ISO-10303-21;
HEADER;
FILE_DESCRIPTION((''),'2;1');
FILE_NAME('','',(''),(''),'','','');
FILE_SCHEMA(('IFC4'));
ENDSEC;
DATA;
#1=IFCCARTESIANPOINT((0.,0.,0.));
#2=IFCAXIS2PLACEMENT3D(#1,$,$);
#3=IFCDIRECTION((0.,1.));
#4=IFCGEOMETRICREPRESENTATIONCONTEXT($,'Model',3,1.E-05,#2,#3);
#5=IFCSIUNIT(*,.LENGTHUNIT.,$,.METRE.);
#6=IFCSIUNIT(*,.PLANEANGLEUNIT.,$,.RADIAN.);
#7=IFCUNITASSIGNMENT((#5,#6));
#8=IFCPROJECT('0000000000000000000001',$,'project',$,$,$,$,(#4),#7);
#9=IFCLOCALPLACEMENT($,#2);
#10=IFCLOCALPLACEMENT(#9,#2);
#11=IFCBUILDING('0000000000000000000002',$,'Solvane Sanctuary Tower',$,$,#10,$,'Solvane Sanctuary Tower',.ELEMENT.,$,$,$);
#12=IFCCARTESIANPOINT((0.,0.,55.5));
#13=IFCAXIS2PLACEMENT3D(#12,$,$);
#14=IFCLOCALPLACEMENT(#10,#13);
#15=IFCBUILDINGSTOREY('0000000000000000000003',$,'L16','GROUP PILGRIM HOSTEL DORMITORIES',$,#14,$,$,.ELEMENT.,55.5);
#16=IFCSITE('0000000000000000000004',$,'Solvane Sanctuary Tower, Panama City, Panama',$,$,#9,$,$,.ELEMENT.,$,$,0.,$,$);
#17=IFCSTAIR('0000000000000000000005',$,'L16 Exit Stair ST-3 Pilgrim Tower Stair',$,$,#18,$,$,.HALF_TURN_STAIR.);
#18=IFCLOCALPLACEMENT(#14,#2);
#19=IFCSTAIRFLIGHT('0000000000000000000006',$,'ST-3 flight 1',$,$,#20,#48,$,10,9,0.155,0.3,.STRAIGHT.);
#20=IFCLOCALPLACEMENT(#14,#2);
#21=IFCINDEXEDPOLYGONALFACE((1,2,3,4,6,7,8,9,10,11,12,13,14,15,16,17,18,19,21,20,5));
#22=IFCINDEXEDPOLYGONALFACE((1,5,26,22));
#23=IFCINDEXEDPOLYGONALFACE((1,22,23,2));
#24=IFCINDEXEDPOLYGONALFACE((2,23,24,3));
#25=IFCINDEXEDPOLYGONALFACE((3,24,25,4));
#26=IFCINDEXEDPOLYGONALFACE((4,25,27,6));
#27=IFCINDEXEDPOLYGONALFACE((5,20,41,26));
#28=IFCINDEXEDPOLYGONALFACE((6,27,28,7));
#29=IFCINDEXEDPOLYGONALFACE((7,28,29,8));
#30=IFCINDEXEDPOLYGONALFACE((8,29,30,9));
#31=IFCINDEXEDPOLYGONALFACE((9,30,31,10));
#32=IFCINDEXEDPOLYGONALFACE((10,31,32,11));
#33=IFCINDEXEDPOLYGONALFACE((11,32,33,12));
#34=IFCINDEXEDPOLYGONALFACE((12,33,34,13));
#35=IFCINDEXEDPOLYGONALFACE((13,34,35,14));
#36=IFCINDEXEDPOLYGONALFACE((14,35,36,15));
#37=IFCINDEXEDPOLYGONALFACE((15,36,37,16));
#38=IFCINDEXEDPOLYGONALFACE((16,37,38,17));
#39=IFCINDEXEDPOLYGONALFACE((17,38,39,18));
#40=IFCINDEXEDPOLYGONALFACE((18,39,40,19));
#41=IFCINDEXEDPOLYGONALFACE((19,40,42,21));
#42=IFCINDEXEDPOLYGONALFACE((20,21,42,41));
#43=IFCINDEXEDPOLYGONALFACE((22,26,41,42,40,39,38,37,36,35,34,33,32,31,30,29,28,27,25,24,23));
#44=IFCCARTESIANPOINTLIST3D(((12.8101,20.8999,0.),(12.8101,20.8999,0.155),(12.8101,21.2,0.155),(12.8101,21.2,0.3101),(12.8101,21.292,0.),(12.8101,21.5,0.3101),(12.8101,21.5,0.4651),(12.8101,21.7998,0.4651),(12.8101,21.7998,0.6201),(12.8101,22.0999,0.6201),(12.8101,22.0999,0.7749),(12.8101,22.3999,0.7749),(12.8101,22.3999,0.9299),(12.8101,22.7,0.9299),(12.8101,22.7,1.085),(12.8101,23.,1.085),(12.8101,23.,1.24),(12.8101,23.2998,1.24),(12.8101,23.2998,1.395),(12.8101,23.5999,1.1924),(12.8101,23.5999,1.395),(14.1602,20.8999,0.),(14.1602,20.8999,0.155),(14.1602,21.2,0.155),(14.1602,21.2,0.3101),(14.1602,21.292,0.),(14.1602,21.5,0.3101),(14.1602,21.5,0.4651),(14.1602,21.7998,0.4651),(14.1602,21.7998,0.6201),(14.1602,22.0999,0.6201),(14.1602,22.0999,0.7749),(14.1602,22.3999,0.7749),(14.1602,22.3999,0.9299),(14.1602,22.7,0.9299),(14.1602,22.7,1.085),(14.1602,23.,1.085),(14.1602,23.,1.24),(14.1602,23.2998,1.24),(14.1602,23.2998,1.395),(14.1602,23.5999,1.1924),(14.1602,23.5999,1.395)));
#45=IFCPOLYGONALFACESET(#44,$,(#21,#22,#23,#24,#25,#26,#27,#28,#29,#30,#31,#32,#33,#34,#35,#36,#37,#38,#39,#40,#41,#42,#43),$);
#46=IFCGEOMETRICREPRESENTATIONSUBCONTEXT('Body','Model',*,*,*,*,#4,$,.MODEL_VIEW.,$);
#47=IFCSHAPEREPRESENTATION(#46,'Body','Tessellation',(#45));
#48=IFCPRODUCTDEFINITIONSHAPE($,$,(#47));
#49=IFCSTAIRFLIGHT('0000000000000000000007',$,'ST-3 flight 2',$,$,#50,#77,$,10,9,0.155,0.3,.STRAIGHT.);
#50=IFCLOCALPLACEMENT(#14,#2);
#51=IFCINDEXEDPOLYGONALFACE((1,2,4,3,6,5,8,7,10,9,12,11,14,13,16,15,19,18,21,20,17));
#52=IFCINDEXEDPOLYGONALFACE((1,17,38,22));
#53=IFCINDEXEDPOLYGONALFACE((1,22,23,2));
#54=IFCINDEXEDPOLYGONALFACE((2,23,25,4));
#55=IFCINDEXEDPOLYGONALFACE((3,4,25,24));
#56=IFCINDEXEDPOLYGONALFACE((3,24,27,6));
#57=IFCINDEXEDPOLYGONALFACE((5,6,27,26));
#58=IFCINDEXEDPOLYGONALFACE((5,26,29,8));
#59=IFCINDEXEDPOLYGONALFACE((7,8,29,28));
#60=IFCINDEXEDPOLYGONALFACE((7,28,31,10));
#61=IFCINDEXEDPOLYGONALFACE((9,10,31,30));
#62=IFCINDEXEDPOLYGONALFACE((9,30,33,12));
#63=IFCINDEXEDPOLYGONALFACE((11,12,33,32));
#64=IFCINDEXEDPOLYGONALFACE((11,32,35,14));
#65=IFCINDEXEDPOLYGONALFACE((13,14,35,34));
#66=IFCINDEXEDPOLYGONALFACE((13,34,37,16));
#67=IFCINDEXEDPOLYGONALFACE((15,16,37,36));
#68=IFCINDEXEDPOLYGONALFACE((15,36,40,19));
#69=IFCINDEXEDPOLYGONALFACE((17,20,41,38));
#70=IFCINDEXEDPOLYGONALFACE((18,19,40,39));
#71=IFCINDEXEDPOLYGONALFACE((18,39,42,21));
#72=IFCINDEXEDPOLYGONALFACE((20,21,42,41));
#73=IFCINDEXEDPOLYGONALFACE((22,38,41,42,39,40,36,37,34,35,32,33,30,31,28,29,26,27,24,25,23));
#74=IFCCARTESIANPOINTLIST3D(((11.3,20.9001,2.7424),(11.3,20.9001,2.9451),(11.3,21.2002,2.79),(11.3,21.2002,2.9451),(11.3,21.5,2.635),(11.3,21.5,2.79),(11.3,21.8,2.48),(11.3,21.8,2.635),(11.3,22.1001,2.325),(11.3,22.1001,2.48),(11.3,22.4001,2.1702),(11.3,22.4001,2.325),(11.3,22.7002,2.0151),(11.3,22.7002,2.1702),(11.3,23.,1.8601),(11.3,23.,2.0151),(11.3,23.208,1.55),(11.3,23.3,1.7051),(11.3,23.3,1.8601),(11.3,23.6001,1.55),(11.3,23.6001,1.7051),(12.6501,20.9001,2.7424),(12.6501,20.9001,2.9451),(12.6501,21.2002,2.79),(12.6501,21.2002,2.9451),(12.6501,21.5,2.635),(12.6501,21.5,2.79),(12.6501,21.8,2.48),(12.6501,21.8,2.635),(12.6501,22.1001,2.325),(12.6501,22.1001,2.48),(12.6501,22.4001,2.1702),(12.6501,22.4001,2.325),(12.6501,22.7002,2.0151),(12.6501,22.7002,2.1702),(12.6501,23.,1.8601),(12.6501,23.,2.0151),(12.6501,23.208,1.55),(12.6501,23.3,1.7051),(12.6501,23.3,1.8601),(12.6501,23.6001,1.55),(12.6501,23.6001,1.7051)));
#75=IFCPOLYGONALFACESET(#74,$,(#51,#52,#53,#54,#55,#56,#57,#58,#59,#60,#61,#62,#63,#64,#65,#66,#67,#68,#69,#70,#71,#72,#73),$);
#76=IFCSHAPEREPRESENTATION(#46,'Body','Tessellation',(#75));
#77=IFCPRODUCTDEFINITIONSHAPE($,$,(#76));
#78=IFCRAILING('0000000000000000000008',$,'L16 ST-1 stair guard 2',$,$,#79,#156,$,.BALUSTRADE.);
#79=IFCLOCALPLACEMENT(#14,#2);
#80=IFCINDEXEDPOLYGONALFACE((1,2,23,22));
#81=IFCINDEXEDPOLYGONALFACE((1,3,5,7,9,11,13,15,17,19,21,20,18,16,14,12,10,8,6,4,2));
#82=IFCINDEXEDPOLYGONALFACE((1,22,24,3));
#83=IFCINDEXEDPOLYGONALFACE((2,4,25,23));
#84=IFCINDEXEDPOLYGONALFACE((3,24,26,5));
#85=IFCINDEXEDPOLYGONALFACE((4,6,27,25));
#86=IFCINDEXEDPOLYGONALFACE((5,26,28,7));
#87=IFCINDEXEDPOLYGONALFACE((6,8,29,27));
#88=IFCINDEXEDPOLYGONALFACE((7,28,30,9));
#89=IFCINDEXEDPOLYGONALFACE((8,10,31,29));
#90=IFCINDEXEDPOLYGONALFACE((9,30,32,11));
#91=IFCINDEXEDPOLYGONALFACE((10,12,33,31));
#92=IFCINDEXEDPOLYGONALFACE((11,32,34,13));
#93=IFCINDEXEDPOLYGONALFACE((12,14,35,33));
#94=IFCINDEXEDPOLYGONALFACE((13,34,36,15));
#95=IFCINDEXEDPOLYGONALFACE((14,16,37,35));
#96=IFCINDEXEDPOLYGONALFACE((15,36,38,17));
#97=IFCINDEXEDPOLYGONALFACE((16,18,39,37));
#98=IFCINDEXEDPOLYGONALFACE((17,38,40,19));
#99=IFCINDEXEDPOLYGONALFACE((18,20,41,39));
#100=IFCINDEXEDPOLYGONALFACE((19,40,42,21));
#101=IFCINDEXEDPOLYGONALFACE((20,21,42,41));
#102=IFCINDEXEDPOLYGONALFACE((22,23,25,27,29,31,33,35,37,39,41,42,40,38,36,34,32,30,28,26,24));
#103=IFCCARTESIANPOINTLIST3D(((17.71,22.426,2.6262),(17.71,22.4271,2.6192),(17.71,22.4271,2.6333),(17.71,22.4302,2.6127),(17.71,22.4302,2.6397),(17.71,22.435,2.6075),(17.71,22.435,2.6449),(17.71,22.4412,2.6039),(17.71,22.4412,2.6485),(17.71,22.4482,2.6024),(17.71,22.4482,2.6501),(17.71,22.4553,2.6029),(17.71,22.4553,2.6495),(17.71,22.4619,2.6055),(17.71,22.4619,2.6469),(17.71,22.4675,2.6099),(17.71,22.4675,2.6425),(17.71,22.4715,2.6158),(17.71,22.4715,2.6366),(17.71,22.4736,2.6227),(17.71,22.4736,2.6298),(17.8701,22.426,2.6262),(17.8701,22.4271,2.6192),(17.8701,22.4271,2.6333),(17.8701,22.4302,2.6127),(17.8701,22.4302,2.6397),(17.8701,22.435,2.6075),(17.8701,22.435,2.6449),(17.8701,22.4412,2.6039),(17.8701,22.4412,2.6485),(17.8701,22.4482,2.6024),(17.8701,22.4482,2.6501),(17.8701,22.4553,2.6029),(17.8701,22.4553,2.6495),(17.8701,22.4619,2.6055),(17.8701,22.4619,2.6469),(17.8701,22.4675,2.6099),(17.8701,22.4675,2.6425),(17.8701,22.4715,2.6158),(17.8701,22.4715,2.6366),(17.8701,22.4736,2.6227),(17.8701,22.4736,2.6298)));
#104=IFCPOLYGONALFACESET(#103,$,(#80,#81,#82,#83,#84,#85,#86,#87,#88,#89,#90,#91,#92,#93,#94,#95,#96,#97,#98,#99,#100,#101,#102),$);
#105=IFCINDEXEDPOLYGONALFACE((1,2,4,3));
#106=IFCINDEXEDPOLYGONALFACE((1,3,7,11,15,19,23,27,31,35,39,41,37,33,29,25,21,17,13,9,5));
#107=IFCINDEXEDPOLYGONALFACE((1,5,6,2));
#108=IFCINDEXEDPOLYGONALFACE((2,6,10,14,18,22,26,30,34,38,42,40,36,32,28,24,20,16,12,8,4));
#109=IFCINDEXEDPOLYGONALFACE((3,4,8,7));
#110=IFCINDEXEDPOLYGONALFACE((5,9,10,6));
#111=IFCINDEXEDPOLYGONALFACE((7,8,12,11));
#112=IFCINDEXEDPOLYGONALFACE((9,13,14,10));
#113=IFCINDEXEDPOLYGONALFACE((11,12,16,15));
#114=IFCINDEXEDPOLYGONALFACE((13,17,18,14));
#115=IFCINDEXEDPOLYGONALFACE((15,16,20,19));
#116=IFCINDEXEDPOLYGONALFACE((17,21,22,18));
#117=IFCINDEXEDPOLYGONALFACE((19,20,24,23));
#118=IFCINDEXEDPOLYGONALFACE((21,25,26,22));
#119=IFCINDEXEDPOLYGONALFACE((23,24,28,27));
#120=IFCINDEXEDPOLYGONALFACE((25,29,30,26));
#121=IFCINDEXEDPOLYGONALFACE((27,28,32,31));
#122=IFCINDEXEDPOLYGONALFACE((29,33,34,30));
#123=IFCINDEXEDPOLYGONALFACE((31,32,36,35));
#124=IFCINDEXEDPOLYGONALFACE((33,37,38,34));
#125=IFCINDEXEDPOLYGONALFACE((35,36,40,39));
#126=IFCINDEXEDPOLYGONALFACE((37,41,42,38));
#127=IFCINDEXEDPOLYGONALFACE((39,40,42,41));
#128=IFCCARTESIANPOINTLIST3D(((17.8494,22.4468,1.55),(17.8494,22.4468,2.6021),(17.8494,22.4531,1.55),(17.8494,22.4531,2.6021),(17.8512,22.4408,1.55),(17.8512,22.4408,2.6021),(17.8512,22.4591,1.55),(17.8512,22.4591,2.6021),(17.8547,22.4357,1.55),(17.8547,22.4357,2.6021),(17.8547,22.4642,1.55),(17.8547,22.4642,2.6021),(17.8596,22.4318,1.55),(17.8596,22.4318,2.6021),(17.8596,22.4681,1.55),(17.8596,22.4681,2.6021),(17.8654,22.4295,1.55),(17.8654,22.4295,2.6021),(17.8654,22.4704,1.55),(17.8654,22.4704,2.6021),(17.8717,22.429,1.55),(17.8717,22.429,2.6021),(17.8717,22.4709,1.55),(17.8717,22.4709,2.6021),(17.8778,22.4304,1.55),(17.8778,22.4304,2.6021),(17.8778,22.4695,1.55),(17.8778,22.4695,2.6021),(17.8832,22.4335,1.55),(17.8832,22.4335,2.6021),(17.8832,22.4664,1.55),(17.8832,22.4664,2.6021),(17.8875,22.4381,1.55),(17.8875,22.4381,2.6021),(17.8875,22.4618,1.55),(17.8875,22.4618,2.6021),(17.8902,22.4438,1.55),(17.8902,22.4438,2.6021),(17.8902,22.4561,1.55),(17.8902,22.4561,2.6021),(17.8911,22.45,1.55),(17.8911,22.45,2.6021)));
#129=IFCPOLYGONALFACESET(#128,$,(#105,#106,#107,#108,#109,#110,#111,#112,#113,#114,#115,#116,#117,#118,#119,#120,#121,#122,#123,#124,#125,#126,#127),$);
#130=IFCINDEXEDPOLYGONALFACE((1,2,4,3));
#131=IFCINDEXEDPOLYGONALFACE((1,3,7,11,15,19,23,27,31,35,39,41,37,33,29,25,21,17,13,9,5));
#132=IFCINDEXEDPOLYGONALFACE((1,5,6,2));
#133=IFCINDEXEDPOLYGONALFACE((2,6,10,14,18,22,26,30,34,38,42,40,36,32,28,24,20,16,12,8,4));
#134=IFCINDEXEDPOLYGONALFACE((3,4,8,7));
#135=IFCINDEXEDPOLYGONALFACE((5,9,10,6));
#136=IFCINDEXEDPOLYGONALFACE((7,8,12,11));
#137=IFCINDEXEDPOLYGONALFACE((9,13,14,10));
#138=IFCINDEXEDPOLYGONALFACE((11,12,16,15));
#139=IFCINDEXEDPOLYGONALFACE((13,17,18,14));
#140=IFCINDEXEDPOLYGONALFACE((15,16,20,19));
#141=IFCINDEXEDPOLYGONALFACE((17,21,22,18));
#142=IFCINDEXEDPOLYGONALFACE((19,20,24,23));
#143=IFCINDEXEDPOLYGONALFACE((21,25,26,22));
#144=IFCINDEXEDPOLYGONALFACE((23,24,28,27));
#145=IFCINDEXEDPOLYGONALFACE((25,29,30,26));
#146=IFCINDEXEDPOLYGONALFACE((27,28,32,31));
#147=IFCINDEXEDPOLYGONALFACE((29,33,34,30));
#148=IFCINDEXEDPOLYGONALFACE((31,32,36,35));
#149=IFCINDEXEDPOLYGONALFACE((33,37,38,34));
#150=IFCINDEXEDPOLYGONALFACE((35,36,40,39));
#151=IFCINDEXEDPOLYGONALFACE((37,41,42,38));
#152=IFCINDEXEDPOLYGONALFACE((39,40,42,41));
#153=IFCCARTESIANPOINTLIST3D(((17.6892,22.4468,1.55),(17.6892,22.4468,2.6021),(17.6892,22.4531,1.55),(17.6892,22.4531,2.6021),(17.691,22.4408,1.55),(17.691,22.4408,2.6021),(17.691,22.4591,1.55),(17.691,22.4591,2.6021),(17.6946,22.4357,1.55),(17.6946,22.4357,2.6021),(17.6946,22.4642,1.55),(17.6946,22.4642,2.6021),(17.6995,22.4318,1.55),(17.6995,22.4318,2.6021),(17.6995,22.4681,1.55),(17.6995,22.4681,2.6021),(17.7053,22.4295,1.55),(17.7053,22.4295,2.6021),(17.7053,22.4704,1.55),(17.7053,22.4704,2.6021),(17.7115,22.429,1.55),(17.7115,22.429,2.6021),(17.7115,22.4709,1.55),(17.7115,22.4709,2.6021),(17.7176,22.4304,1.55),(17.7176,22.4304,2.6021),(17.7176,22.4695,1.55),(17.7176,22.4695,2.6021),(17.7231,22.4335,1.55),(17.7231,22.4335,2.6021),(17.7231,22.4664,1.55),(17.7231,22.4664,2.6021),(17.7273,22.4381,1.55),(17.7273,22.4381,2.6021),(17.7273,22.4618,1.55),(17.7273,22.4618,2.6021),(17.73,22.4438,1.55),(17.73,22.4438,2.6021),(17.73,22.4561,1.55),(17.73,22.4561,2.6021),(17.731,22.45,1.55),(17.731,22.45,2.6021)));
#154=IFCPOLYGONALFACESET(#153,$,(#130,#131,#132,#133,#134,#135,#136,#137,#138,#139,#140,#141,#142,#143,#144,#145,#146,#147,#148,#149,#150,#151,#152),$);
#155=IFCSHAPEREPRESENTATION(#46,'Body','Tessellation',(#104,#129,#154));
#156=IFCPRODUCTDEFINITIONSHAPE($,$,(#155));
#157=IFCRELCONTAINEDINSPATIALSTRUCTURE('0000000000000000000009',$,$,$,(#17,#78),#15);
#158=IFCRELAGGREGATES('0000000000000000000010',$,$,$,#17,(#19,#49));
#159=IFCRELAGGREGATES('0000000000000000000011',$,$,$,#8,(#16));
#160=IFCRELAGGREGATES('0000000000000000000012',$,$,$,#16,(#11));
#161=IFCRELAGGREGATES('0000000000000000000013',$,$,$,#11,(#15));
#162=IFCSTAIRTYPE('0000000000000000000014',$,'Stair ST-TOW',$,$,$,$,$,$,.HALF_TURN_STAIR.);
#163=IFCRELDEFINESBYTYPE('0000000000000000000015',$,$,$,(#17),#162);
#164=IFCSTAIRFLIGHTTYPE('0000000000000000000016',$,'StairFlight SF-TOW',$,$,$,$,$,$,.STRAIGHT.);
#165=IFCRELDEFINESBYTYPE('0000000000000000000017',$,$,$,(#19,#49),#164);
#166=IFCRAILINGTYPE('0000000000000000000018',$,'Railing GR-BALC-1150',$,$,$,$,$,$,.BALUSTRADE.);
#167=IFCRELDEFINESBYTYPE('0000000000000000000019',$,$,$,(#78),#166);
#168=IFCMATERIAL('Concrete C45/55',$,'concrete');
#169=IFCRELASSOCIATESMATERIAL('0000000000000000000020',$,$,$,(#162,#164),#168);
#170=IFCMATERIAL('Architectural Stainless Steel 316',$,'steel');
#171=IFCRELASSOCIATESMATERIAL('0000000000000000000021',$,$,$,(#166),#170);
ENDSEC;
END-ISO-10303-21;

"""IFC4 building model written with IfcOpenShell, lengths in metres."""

from ifc_helpers import new_model, si_unit, direction, frame, origin, origin_2d, place, context, subcontext, project, spatial, polyline, circle, outline, extrude, material, type_object, element, aggregate, save


model = new_model("IFC4")

# Units and contexts
model_context = context("Model", 3, precision=1e-05, world=origin(), true_north=direction((0.0, 1.0)))
body_context = subcontext(model_context, "Body", "Model", "MODEL_VIEW")
ifc_project = project(units=[si_unit("LENGTHUNIT", "METRE"), si_unit("PLANEANGLEUNIT", "RADIAN")], contexts=[model_context])

# Site, building, storey
site_placement = place(None, origin())
site = spatial("IfcSite", under=ifc_project, at=site_placement, Name="Solvane Sanctuary Tower, Panama City, Panama", CompositionType="ELEMENT", RefElevation=0.0)
building_placement = place(site_placement, origin())
building = spatial("IfcBuilding", under=site, at=building_placement, Name="Solvane Sanctuary Tower", LongName="Solvane Sanctuary Tower", CompositionType="ELEMENT")
storey_placement = place(building_placement, frame((0.0, 0.0, 55.5)))
storey = spatial("IfcBuildingStorey", under=building, at=storey_placement, Name="L16", Description="GROUP PILGRIM HOSTEL DORMITORIES", CompositionType="ELEMENT", Elevation=55.5)

# Shared definitions
ifc_material_1 = material(Name="Concrete C45/55", Category="concrete")
stair_type = type_object("IfcStairType", Name="Stair ST-TOW", PredefinedType="HALF_TURN_STAIR", material=ifc_material_1)
stair_flight_type = type_object("IfcStairFlightType", Name="StairFlight SF-TOW", PredefinedType="STRAIGHT", material=ifc_material_1)

# Stair, stair flights
stair_1_placement = place(storey_placement, origin())
stair_1 = element("IfcStair", 1, at=stair_1_placement, inside=storey, type_object=stair_type, Name="L16 Exit Stair ST-3 Pilgrim Tower Stair", PredefinedType="HALF_TURN_STAIR")
stair_flight_1_placement = place(storey_placement, frame((13.4851, 20.8999, 0.0), z_axis=(0.0, 0.0, 1.0), x_axis=(0.0, 1.0, 0.0)))
stair_flight_1 = element("IfcStairFlight", 2, at=stair_flight_1_placement, type_object=stair_flight_type, Name="ST-3 flight 1", NumberOfRisers=10, NumberOfTreads=9, PredefinedType="STRAIGHT", RiserHeight=0.155, TreadLength=0.3, context=body_context, shape_type="SweptSolid", body=[
    extrude(outline(polyline([(0.0, 0.0), (0.0, 0.155), (0.3, 0.155), (0.3, 0.3101), (0.6001, 0.3101), (0.6001, 0.4651), (0.8999, 0.4651), (0.8999, 0.6201), (1.2, 0.6201), (1.2, 0.7749), (1.5, 0.7749), (1.5, 0.9299), (1.8, 0.9299), (1.8, 1.085), (2.1001, 1.085), (2.1001, 1.24), (2.3999, 1.24), (2.3999, 1.395), (2.7, 1.395), (2.7, 1.55), (2.7, 1.1924), (0.3921, 0.0), (0.0, 0.0)])), frame((0.0, 0.675, 0.0), z_axis=(0.0, -1.0, 0.0), x_axis=(1.0, 0.0, 0.0)), (0.0, 0.0, 1.0), 1.3501),
])
stair_flight_2_placement = place(storey_placement, frame((11.9751, 23.6001, 1.55), z_axis=(0.0, 0.0, 1.0), x_axis=(0.0, -1.0, 0.0)))
stair_flight_2 = element("IfcStairFlight", 3, at=stair_flight_2_placement, type_object=stair_flight_type, Name="ST-3 flight 2", NumberOfRisers=10, NumberOfTreads=9, PredefinedType="STRAIGHT", RiserHeight=0.155, TreadLength=0.3, context=body_context, shape_type="SweptSolid", body=[
    extrude(outline(polyline([(0.0, 0.0), (0.0, 0.155), (0.3, 0.155), (0.3, 0.3101), (0.6001, 0.3101), (0.6001, 0.4651), (0.8999, 0.4651), (0.8999, 0.6201), (1.2, 0.6201), (1.2, 0.7749), (1.5, 0.7749), (1.5, 0.9299), (1.8, 0.9299), (1.8, 1.085), (2.1001, 1.085), (2.1001, 1.24), (2.3999, 1.24), (2.3999, 1.395), (2.7, 1.395), (2.7, 1.55), (2.7, 1.1924), (0.3921, 0.0), (0.0, 0.0)])), frame((0.0, 0.675, 0.0), z_axis=(0.0, -1.0, 0.0), x_axis=(1.0, 0.0, 0.0)), (0.0, 0.0, 1.0), 1.3501),
])
aggregate(stair_1, [stair_flight_1, stair_flight_2])

# Railing
ifc_material_2 = material(Name="Architectural Stainless Steel 316", Category="steel")
railing_type_1 = type_object("IfcRailingType", Name="Railing GR-BALC-1150", PredefinedType="BALUSTRADE", material=ifc_material_2)
railing_1_placement = place(storey_placement, frame((17.8701, 22.45, 1.55)))
element("IfcRailing", 4, at=railing_1_placement, inside=storey, type_object=railing_type_1, Name="L16 ST-1 stair guard 2", PredefinedType="BALUSTRADE", context=body_context, shape_type="SweptSolid", body=[
    extrude(circle(Radius=0.0239, at=origin_2d()), frame((0.0, 0.0, 1.0762), z_axis=(-1.0, 0.0, 0.0), x_axis=(0.0, -1.0, 0.0)), (0.0, 0.0, 1.0), 0.1602),
    extrude(circle(Radius=0.021, at=origin_2d()), origin(), (0.0, 0.0, 1.0), 1.052),
    extrude(circle(Radius=0.021, at=origin_2d()), frame((-0.1602, 0.0, 0.0)), (0.0, 0.0, 1.0), 1.052),
])

save(model, "model.ifc")
